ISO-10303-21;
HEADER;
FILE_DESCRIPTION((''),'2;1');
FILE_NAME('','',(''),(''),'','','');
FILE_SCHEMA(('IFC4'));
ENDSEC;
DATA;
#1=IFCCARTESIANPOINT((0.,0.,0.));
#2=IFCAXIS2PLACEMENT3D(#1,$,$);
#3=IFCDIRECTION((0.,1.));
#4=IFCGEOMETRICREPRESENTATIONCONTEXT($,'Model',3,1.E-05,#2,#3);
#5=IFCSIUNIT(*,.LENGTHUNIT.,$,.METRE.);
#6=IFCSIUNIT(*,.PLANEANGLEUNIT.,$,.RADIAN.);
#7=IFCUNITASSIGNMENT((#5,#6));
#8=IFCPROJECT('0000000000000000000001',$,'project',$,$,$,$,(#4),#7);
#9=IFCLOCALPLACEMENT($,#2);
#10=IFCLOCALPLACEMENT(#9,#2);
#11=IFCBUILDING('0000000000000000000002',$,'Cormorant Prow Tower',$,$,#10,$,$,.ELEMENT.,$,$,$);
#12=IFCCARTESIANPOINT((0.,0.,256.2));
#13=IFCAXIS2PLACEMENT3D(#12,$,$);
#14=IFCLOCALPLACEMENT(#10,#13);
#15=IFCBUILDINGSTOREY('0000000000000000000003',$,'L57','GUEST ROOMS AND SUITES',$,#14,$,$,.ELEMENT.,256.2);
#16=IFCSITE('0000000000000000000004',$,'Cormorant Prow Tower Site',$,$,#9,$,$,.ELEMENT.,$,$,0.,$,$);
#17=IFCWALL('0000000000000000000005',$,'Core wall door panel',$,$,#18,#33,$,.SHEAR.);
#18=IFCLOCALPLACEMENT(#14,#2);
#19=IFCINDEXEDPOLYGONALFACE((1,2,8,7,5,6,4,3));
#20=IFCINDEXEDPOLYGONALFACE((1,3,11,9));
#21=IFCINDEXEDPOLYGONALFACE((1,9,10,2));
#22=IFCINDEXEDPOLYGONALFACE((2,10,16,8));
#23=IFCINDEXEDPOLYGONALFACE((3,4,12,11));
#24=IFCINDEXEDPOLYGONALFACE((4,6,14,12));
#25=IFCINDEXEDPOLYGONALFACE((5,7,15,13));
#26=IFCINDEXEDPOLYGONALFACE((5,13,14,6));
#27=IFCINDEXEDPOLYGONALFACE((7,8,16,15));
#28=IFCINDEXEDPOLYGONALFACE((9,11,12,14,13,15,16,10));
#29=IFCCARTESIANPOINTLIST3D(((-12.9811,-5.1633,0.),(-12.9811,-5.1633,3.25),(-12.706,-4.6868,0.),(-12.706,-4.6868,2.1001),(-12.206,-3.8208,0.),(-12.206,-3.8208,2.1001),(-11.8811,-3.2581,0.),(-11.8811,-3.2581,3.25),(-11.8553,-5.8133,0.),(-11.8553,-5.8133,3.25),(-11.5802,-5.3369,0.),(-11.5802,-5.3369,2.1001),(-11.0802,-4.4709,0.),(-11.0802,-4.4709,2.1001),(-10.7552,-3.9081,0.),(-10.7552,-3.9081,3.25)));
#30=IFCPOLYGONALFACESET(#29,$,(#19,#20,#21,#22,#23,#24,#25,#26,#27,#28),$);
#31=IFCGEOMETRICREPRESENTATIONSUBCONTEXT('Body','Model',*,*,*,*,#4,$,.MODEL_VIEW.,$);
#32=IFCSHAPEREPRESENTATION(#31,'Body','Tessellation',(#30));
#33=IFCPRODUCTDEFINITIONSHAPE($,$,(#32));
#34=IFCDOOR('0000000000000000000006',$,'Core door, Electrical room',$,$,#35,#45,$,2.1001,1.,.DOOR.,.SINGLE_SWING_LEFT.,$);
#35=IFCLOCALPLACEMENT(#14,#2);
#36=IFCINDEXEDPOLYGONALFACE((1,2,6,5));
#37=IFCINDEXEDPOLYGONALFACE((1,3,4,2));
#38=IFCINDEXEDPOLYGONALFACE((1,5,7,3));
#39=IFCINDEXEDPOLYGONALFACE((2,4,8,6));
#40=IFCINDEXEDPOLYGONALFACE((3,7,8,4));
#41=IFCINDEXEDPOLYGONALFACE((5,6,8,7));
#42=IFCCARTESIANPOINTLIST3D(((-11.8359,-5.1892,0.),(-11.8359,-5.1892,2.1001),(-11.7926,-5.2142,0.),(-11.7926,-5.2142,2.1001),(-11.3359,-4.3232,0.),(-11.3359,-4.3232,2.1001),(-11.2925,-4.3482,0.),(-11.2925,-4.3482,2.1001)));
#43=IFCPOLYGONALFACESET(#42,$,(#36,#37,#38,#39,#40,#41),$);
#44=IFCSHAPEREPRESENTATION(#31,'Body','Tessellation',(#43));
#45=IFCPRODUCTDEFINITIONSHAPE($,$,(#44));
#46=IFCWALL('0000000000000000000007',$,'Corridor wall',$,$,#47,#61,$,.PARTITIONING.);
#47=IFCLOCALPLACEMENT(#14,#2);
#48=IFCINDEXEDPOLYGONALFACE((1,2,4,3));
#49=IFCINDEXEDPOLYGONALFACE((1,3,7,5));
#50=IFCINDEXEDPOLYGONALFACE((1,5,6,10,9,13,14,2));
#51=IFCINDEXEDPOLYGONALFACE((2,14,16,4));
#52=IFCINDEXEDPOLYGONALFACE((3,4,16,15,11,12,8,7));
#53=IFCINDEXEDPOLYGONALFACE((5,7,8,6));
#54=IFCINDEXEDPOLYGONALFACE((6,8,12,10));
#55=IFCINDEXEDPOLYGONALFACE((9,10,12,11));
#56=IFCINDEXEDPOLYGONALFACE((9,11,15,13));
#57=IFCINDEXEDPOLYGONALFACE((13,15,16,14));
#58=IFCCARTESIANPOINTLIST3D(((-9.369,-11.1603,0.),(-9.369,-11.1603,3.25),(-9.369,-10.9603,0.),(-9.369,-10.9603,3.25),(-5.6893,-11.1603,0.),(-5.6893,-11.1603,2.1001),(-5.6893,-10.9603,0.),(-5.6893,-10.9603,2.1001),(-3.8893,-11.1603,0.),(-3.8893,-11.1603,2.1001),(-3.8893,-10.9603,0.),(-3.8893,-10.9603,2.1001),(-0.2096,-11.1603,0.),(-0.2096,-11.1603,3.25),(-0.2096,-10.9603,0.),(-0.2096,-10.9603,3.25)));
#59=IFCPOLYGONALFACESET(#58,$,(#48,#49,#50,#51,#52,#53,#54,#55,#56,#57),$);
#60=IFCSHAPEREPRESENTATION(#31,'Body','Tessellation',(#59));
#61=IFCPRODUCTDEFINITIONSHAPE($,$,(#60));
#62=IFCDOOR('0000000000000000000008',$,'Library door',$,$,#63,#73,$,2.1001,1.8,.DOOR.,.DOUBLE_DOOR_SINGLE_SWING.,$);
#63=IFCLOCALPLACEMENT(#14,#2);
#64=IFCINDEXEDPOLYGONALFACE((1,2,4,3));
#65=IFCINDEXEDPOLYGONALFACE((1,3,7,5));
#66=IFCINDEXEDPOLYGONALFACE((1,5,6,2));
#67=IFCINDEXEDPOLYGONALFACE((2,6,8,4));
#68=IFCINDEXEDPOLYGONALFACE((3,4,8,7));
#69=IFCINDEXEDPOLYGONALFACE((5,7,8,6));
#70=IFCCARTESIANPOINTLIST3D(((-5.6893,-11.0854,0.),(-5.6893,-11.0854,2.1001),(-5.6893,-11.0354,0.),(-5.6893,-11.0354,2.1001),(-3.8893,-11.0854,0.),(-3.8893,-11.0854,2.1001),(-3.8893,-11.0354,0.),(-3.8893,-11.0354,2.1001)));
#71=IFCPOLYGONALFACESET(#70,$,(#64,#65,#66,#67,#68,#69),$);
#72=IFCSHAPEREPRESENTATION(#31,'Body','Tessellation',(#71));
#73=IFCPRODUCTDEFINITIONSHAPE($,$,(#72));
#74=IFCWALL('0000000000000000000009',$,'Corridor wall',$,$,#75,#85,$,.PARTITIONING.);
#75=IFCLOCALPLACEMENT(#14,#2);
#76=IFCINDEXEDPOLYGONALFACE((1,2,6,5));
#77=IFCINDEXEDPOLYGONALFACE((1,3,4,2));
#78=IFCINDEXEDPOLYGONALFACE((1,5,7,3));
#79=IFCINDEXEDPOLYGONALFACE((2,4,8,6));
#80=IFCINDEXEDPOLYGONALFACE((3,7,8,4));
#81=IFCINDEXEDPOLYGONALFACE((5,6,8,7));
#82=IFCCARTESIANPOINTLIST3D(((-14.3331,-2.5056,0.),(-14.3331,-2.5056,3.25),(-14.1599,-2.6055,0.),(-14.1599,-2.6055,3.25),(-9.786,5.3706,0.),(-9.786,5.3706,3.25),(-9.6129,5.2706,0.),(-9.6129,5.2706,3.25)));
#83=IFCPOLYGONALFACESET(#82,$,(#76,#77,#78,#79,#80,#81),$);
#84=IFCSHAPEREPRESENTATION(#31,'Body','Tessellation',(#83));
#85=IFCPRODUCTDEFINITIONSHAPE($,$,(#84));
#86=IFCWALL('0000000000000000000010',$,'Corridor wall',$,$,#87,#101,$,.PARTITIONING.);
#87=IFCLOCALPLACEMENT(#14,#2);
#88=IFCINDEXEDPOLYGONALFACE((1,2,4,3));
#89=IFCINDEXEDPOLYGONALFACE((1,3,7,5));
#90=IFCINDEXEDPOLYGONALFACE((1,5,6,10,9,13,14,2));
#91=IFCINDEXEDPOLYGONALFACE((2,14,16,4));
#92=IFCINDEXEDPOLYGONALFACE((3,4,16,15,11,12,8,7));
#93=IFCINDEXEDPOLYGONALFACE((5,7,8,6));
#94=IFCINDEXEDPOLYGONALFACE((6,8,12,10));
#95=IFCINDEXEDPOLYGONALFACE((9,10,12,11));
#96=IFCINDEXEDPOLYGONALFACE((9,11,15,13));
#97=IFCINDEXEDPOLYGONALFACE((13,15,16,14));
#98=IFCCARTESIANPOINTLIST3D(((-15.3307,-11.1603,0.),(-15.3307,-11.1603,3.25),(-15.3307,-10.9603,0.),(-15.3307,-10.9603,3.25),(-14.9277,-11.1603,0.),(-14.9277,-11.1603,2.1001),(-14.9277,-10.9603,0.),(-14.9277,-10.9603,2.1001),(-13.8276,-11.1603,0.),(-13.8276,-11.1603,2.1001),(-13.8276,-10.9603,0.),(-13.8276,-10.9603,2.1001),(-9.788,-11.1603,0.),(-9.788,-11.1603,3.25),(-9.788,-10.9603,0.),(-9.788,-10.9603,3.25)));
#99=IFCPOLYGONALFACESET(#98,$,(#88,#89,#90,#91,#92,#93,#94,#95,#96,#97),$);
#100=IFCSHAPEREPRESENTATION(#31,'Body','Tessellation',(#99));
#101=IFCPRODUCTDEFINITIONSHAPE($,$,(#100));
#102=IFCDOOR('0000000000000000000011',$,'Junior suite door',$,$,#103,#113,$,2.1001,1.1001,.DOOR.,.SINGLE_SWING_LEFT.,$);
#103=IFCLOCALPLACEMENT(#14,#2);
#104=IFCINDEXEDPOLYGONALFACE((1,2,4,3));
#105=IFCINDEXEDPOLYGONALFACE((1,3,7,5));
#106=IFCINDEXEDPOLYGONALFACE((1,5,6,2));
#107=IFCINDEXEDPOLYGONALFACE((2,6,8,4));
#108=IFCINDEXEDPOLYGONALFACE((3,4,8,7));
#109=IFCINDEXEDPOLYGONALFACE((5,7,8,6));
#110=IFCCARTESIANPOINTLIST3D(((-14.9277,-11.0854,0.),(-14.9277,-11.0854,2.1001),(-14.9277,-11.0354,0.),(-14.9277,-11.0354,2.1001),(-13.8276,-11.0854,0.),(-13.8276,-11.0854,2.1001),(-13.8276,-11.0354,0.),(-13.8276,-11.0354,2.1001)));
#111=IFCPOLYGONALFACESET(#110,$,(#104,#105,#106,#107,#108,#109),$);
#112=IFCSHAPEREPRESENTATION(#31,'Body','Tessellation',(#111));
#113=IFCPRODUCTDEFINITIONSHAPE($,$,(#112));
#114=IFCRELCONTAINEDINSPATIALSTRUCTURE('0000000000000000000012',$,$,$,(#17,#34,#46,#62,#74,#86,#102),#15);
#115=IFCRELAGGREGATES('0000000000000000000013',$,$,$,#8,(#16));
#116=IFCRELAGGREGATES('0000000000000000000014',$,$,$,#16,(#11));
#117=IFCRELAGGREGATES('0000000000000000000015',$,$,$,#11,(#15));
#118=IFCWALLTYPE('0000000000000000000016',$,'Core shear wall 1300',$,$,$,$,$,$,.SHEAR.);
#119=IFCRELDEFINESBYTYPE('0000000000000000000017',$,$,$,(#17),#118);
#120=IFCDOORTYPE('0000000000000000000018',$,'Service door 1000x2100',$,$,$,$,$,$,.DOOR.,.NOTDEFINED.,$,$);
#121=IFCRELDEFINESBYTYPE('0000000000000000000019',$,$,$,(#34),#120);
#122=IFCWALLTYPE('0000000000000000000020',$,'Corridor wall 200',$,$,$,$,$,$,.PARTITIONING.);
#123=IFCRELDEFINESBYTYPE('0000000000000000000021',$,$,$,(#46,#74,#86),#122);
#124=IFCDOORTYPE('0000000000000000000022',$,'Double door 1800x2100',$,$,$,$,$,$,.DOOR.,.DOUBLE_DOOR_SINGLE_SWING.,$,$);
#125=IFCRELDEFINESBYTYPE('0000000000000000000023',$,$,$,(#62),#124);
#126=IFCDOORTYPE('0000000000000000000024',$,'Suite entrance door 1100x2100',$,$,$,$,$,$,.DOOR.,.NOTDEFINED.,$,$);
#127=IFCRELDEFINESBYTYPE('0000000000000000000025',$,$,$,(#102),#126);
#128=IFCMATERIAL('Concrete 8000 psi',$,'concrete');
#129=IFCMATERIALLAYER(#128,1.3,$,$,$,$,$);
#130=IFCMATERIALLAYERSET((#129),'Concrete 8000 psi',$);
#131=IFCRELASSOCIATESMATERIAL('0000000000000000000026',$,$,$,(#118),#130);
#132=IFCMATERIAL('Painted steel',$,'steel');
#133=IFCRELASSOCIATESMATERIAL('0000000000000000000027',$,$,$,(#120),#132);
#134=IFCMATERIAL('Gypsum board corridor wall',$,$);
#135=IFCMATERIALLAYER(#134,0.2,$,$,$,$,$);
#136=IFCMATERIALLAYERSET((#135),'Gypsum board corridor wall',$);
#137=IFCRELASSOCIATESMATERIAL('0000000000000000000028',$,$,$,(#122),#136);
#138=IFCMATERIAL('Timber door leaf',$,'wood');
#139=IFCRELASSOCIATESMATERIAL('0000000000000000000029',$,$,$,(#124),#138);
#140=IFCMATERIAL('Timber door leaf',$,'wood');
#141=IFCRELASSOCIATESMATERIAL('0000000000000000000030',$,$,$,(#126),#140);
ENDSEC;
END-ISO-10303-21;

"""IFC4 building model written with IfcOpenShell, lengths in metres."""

from ifc_helpers import new_model, si_unit, direction, frame, frame_2d, origin, place, context, subcontext, project, spatial, rectangle, extrude, material, layer, layer_set, type_object, element, fill, save


model = new_model("IFC4")

# Units and contexts
model_context = context("Model", 3, precision=1e-05, world=origin(), true_north=direction((0.0, 1.0)))
body_context = subcontext(model_context, "Body", "Model", "MODEL_VIEW")
ifc_project = project(units=[si_unit("LENGTHUNIT", "METRE"), si_unit("PLANEANGLEUNIT", "RADIAN")], contexts=[model_context])

# Site, building, storey
site_placement = place(None, origin())
site = spatial("IfcSite", under=ifc_project, at=site_placement, Name="Cormorant Prow Tower Site", CompositionType="ELEMENT", RefElevation=0.0)
building_placement = place(site_placement, origin())
building = spatial("IfcBuilding", under=site, at=building_placement, Name="Cormorant Prow Tower", CompositionType="ELEMENT")
storey_placement = place(building_placement, frame((0.0, 0.0, 256.2)))
storey = spatial("IfcBuildingStorey", under=building, at=storey_placement, Name="L57", Description="GUEST ROOMS AND SUITES", CompositionType="ELEMENT", Elevation=256.2)

# Shared definitions
ifc_material_1 = material(Name="Concrete 8000 psi", Category="concrete")
ifc_layer_1 = layer(ifc_material_1, 1.3)
ifc_layer_set_1 = layer_set([ifc_layer_1], Name="Concrete 8000 psi")
wall_type_1 = type_object("IfcWallType", Name="Core shear wall 1300", PredefinedType="SHEAR", material=ifc_layer_set_1)

# Walls, openings, doors
wall_1_placement = place(storey_placement, frame((-11.3181, -3.583, 0.0), z_axis=(0.0, 0.0, 1.0), x_axis=(-0.50003, -0.866008, 0.0)))
wall_1 = element("IfcWall", 1, at=wall_1_placement, inside=storey, type_object=wall_type_1, Name="Core wall door panel", PredefinedType="SHEAR", context=body_context, shape_type="SweptSolid", body=[
    extrude(rectangle(XDim=2.2, YDim=1.3, at=frame_2d((1.1001, 0.0))), origin(), (0.0, 0.0, 1.0), 3.25),
])
opening_1_placement = place(wall_1_placement, frame((0.6499, 0.0, 0.0)))
opening_1 = element("IfcOpeningElement", 2, at=opening_1_placement, cuts=wall_1, PredefinedType="OPENING", context=body_context, shape_type="SweptSolid", body=[
    extrude(rectangle(XDim=1.0, YDim=2.1001, at=frame_2d((0.5, 1.05))), frame((0.0, 0.6599, 0.0), z_axis=(0.0, -1.0, 0.0), x_axis=(1.0, 0.0, 0.0)), (0.0, 0.0, 1.0), 1.3201),
])
ifc_material_2 = material(Name="Painted steel", Category="steel")
door_type_1 = type_object("IfcDoorType", Name="Service door 1000x2100", OperationType="NOTDEFINED", PredefinedType="DOOR", material=ifc_material_2)
door_1_placement = place(opening_1_placement, origin())
door_1 = element("IfcDoor", 3, at=door_1_placement, inside=storey, type_object=door_type_1, Name="Core door, Electrical room", OperationType="SINGLE_SWING_LEFT", OverallHeight=2.1001, OverallWidth=1.0, PredefinedType="DOOR", context=body_context, shape_type="SweptSolid", body=[
    extrude(rectangle(XDim=1.0, YDim=2.1001, at=frame_2d((0.5, 1.05))), frame((0.0, 0.4048, 0.0), z_axis=(0.0, -1.0, 0.0), x_axis=(1.0, 0.0, 0.0)), (0.0, 0.0, 1.0), 0.05),
])
fill(opening_1, door_1)
ifc_material_3 = material(Name="Gypsum board corridor wall")
ifc_layer_2 = layer(ifc_material_3, 0.2)
ifc_layer_set_2 = layer_set([ifc_layer_2], Name="Gypsum board corridor wall")
wall_type_2 = type_object("IfcWallType", Name="Corridor wall 200", PredefinedType="PARTITIONING", material=ifc_layer_set_2)
wall_2_placement = place(storey_placement, frame((-9.3689, -11.0603, 0.0), z_axis=(0.0, 0.0, 1.0), x_axis=(1.0, 0.0, 0.0)))
wall_2 = element("IfcWall", 4, at=wall_2_placement, inside=storey, type_object=wall_type_2, Name="Corridor wall", PredefinedType="PARTITIONING", context=body_context, shape_type="SweptSolid", body=[
    extrude(rectangle(XDim=9.1594, YDim=0.2, at=frame_2d((4.5796, 0.0))), origin(), (0.0, 0.0, 1.0), 3.25),
])
opening_2_placement = place(wall_2_placement, frame((3.6797, 0.0, 0.0)))
opening_2 = element("IfcOpeningElement", 5, at=opening_2_placement, cuts=wall_2, PredefinedType="OPENING", context=body_context, shape_type="SweptSolid", body=[
    extrude(rectangle(XDim=1.8, YDim=2.1001, at=frame_2d((0.8999, 1.05))), frame((0.0, 0.1099, 0.0), z_axis=(0.0, -1.0, 0.0), x_axis=(1.0, 0.0, 0.0)), (0.0, 0.0, 1.0), 0.22),
])
ifc_material_4 = material(Name="Timber door leaf", Category="wood")
door_type_2 = type_object("IfcDoorType", Name="Double door 1800x2100", OperationType="DOUBLE_DOOR_SINGLE_SWING", PredefinedType="DOOR", material=ifc_material_4)
door_2_placement = place(opening_2_placement, origin())
door_2 = element("IfcDoor", 6, at=door_2_placement, inside=storey, type_object=door_type_2, Name="Library door", OperationType="DOUBLE_DOOR_SINGLE_SWING", OverallHeight=2.1001, OverallWidth=1.8, PredefinedType="DOOR", context=body_context, shape_type="SweptSolid", body=[
    extrude(rectangle(XDim=1.8, YDim=2.1001, at=frame_2d((0.8999, 1.05))), frame((0.0, 0.0249, 0.0), z_axis=(0.0, -1.0, 0.0), x_axis=(1.0, 0.0, 0.0)), (0.0, 0.0, 1.0), 0.05),
])
fill(opening_2, door_2)

# Wall
wall_3_placement = place(storey_placement, frame((-14.2466, -2.5557, 0.0), z_axis=(0.0, 0.0, 1.0), x_axis=(0.499982, 0.866036, 0.0)))
element("IfcWall", 7, at=wall_3_placement, inside=storey, type_object=wall_type_2, Name="Corridor wall", PredefinedType="PARTITIONING", context=body_context, shape_type="SweptSolid", body=[
    extrude(rectangle(XDim=9.0945, YDim=0.2, at=frame_2d((4.5474, 0.0))), origin(), (0.0, 0.0, 1.0), 3.25),
])

# Wall, opening, door
wall_4_placement = place(storey_placement, frame((-15.3308, -11.0603, 0.0), z_axis=(0.0, 0.0, 1.0), x_axis=(1.0, 0.0, 0.0)))
wall_4 = element("IfcWall", 8, at=wall_4_placement, inside=storey, type_object=wall_type_2, Name="Corridor wall", PredefinedType="PARTITIONING", context=body_context, shape_type="SweptSolid", body=[
    extrude(rectangle(XDim=5.5427, YDim=0.2, at=frame_2d((2.7715, 0.0))), origin(), (0.0, 0.0, 1.0), 3.25),
])
opening_3_placement = place(wall_4_placement, frame((0.4031, 0.0, 0.0)))
opening_3 = element("IfcOpeningElement", 9, at=opening_3_placement, cuts=wall_4, PredefinedType="OPENING", context=body_context, shape_type="SweptSolid", body=[
    extrude(rectangle(XDim=1.1001, YDim=2.1001, at=frame_2d((0.55, 1.05))), frame((0.0, 0.1099, 0.0), z_axis=(0.0, -1.0, 0.0), x_axis=(1.0, 0.0, 0.0)), (0.0, 0.0, 1.0), 0.22),
])
ifc_material_5 = material(Name="Timber door leaf", Category="wood")
door_type_3 = type_object("IfcDoorType", Name="Suite entrance door 1100x2100", OperationType="NOTDEFINED", PredefinedType="DOOR", material=ifc_material_5)
door_3_placement = place(opening_3_placement, origin())
door_3 = element("IfcDoor", 10, at=door_3_placement, inside=storey, type_object=door_type_3, Name="Junior suite door", OperationType="SINGLE_SWING_LEFT", OverallHeight=2.1001, OverallWidth=1.1001, PredefinedType="DOOR", context=body_context, shape_type="SweptSolid", body=[
    extrude(rectangle(XDim=1.1001, YDim=2.1001, at=frame_2d((0.55, 1.05))), frame((0.0, 0.0249, 0.0), z_axis=(0.0, -1.0, 0.0), x_axis=(1.0, 0.0, 0.0)), (0.0, 0.0, 1.0), 0.05),
])
fill(opening_3, door_3)

save(model, "model.ifc")
